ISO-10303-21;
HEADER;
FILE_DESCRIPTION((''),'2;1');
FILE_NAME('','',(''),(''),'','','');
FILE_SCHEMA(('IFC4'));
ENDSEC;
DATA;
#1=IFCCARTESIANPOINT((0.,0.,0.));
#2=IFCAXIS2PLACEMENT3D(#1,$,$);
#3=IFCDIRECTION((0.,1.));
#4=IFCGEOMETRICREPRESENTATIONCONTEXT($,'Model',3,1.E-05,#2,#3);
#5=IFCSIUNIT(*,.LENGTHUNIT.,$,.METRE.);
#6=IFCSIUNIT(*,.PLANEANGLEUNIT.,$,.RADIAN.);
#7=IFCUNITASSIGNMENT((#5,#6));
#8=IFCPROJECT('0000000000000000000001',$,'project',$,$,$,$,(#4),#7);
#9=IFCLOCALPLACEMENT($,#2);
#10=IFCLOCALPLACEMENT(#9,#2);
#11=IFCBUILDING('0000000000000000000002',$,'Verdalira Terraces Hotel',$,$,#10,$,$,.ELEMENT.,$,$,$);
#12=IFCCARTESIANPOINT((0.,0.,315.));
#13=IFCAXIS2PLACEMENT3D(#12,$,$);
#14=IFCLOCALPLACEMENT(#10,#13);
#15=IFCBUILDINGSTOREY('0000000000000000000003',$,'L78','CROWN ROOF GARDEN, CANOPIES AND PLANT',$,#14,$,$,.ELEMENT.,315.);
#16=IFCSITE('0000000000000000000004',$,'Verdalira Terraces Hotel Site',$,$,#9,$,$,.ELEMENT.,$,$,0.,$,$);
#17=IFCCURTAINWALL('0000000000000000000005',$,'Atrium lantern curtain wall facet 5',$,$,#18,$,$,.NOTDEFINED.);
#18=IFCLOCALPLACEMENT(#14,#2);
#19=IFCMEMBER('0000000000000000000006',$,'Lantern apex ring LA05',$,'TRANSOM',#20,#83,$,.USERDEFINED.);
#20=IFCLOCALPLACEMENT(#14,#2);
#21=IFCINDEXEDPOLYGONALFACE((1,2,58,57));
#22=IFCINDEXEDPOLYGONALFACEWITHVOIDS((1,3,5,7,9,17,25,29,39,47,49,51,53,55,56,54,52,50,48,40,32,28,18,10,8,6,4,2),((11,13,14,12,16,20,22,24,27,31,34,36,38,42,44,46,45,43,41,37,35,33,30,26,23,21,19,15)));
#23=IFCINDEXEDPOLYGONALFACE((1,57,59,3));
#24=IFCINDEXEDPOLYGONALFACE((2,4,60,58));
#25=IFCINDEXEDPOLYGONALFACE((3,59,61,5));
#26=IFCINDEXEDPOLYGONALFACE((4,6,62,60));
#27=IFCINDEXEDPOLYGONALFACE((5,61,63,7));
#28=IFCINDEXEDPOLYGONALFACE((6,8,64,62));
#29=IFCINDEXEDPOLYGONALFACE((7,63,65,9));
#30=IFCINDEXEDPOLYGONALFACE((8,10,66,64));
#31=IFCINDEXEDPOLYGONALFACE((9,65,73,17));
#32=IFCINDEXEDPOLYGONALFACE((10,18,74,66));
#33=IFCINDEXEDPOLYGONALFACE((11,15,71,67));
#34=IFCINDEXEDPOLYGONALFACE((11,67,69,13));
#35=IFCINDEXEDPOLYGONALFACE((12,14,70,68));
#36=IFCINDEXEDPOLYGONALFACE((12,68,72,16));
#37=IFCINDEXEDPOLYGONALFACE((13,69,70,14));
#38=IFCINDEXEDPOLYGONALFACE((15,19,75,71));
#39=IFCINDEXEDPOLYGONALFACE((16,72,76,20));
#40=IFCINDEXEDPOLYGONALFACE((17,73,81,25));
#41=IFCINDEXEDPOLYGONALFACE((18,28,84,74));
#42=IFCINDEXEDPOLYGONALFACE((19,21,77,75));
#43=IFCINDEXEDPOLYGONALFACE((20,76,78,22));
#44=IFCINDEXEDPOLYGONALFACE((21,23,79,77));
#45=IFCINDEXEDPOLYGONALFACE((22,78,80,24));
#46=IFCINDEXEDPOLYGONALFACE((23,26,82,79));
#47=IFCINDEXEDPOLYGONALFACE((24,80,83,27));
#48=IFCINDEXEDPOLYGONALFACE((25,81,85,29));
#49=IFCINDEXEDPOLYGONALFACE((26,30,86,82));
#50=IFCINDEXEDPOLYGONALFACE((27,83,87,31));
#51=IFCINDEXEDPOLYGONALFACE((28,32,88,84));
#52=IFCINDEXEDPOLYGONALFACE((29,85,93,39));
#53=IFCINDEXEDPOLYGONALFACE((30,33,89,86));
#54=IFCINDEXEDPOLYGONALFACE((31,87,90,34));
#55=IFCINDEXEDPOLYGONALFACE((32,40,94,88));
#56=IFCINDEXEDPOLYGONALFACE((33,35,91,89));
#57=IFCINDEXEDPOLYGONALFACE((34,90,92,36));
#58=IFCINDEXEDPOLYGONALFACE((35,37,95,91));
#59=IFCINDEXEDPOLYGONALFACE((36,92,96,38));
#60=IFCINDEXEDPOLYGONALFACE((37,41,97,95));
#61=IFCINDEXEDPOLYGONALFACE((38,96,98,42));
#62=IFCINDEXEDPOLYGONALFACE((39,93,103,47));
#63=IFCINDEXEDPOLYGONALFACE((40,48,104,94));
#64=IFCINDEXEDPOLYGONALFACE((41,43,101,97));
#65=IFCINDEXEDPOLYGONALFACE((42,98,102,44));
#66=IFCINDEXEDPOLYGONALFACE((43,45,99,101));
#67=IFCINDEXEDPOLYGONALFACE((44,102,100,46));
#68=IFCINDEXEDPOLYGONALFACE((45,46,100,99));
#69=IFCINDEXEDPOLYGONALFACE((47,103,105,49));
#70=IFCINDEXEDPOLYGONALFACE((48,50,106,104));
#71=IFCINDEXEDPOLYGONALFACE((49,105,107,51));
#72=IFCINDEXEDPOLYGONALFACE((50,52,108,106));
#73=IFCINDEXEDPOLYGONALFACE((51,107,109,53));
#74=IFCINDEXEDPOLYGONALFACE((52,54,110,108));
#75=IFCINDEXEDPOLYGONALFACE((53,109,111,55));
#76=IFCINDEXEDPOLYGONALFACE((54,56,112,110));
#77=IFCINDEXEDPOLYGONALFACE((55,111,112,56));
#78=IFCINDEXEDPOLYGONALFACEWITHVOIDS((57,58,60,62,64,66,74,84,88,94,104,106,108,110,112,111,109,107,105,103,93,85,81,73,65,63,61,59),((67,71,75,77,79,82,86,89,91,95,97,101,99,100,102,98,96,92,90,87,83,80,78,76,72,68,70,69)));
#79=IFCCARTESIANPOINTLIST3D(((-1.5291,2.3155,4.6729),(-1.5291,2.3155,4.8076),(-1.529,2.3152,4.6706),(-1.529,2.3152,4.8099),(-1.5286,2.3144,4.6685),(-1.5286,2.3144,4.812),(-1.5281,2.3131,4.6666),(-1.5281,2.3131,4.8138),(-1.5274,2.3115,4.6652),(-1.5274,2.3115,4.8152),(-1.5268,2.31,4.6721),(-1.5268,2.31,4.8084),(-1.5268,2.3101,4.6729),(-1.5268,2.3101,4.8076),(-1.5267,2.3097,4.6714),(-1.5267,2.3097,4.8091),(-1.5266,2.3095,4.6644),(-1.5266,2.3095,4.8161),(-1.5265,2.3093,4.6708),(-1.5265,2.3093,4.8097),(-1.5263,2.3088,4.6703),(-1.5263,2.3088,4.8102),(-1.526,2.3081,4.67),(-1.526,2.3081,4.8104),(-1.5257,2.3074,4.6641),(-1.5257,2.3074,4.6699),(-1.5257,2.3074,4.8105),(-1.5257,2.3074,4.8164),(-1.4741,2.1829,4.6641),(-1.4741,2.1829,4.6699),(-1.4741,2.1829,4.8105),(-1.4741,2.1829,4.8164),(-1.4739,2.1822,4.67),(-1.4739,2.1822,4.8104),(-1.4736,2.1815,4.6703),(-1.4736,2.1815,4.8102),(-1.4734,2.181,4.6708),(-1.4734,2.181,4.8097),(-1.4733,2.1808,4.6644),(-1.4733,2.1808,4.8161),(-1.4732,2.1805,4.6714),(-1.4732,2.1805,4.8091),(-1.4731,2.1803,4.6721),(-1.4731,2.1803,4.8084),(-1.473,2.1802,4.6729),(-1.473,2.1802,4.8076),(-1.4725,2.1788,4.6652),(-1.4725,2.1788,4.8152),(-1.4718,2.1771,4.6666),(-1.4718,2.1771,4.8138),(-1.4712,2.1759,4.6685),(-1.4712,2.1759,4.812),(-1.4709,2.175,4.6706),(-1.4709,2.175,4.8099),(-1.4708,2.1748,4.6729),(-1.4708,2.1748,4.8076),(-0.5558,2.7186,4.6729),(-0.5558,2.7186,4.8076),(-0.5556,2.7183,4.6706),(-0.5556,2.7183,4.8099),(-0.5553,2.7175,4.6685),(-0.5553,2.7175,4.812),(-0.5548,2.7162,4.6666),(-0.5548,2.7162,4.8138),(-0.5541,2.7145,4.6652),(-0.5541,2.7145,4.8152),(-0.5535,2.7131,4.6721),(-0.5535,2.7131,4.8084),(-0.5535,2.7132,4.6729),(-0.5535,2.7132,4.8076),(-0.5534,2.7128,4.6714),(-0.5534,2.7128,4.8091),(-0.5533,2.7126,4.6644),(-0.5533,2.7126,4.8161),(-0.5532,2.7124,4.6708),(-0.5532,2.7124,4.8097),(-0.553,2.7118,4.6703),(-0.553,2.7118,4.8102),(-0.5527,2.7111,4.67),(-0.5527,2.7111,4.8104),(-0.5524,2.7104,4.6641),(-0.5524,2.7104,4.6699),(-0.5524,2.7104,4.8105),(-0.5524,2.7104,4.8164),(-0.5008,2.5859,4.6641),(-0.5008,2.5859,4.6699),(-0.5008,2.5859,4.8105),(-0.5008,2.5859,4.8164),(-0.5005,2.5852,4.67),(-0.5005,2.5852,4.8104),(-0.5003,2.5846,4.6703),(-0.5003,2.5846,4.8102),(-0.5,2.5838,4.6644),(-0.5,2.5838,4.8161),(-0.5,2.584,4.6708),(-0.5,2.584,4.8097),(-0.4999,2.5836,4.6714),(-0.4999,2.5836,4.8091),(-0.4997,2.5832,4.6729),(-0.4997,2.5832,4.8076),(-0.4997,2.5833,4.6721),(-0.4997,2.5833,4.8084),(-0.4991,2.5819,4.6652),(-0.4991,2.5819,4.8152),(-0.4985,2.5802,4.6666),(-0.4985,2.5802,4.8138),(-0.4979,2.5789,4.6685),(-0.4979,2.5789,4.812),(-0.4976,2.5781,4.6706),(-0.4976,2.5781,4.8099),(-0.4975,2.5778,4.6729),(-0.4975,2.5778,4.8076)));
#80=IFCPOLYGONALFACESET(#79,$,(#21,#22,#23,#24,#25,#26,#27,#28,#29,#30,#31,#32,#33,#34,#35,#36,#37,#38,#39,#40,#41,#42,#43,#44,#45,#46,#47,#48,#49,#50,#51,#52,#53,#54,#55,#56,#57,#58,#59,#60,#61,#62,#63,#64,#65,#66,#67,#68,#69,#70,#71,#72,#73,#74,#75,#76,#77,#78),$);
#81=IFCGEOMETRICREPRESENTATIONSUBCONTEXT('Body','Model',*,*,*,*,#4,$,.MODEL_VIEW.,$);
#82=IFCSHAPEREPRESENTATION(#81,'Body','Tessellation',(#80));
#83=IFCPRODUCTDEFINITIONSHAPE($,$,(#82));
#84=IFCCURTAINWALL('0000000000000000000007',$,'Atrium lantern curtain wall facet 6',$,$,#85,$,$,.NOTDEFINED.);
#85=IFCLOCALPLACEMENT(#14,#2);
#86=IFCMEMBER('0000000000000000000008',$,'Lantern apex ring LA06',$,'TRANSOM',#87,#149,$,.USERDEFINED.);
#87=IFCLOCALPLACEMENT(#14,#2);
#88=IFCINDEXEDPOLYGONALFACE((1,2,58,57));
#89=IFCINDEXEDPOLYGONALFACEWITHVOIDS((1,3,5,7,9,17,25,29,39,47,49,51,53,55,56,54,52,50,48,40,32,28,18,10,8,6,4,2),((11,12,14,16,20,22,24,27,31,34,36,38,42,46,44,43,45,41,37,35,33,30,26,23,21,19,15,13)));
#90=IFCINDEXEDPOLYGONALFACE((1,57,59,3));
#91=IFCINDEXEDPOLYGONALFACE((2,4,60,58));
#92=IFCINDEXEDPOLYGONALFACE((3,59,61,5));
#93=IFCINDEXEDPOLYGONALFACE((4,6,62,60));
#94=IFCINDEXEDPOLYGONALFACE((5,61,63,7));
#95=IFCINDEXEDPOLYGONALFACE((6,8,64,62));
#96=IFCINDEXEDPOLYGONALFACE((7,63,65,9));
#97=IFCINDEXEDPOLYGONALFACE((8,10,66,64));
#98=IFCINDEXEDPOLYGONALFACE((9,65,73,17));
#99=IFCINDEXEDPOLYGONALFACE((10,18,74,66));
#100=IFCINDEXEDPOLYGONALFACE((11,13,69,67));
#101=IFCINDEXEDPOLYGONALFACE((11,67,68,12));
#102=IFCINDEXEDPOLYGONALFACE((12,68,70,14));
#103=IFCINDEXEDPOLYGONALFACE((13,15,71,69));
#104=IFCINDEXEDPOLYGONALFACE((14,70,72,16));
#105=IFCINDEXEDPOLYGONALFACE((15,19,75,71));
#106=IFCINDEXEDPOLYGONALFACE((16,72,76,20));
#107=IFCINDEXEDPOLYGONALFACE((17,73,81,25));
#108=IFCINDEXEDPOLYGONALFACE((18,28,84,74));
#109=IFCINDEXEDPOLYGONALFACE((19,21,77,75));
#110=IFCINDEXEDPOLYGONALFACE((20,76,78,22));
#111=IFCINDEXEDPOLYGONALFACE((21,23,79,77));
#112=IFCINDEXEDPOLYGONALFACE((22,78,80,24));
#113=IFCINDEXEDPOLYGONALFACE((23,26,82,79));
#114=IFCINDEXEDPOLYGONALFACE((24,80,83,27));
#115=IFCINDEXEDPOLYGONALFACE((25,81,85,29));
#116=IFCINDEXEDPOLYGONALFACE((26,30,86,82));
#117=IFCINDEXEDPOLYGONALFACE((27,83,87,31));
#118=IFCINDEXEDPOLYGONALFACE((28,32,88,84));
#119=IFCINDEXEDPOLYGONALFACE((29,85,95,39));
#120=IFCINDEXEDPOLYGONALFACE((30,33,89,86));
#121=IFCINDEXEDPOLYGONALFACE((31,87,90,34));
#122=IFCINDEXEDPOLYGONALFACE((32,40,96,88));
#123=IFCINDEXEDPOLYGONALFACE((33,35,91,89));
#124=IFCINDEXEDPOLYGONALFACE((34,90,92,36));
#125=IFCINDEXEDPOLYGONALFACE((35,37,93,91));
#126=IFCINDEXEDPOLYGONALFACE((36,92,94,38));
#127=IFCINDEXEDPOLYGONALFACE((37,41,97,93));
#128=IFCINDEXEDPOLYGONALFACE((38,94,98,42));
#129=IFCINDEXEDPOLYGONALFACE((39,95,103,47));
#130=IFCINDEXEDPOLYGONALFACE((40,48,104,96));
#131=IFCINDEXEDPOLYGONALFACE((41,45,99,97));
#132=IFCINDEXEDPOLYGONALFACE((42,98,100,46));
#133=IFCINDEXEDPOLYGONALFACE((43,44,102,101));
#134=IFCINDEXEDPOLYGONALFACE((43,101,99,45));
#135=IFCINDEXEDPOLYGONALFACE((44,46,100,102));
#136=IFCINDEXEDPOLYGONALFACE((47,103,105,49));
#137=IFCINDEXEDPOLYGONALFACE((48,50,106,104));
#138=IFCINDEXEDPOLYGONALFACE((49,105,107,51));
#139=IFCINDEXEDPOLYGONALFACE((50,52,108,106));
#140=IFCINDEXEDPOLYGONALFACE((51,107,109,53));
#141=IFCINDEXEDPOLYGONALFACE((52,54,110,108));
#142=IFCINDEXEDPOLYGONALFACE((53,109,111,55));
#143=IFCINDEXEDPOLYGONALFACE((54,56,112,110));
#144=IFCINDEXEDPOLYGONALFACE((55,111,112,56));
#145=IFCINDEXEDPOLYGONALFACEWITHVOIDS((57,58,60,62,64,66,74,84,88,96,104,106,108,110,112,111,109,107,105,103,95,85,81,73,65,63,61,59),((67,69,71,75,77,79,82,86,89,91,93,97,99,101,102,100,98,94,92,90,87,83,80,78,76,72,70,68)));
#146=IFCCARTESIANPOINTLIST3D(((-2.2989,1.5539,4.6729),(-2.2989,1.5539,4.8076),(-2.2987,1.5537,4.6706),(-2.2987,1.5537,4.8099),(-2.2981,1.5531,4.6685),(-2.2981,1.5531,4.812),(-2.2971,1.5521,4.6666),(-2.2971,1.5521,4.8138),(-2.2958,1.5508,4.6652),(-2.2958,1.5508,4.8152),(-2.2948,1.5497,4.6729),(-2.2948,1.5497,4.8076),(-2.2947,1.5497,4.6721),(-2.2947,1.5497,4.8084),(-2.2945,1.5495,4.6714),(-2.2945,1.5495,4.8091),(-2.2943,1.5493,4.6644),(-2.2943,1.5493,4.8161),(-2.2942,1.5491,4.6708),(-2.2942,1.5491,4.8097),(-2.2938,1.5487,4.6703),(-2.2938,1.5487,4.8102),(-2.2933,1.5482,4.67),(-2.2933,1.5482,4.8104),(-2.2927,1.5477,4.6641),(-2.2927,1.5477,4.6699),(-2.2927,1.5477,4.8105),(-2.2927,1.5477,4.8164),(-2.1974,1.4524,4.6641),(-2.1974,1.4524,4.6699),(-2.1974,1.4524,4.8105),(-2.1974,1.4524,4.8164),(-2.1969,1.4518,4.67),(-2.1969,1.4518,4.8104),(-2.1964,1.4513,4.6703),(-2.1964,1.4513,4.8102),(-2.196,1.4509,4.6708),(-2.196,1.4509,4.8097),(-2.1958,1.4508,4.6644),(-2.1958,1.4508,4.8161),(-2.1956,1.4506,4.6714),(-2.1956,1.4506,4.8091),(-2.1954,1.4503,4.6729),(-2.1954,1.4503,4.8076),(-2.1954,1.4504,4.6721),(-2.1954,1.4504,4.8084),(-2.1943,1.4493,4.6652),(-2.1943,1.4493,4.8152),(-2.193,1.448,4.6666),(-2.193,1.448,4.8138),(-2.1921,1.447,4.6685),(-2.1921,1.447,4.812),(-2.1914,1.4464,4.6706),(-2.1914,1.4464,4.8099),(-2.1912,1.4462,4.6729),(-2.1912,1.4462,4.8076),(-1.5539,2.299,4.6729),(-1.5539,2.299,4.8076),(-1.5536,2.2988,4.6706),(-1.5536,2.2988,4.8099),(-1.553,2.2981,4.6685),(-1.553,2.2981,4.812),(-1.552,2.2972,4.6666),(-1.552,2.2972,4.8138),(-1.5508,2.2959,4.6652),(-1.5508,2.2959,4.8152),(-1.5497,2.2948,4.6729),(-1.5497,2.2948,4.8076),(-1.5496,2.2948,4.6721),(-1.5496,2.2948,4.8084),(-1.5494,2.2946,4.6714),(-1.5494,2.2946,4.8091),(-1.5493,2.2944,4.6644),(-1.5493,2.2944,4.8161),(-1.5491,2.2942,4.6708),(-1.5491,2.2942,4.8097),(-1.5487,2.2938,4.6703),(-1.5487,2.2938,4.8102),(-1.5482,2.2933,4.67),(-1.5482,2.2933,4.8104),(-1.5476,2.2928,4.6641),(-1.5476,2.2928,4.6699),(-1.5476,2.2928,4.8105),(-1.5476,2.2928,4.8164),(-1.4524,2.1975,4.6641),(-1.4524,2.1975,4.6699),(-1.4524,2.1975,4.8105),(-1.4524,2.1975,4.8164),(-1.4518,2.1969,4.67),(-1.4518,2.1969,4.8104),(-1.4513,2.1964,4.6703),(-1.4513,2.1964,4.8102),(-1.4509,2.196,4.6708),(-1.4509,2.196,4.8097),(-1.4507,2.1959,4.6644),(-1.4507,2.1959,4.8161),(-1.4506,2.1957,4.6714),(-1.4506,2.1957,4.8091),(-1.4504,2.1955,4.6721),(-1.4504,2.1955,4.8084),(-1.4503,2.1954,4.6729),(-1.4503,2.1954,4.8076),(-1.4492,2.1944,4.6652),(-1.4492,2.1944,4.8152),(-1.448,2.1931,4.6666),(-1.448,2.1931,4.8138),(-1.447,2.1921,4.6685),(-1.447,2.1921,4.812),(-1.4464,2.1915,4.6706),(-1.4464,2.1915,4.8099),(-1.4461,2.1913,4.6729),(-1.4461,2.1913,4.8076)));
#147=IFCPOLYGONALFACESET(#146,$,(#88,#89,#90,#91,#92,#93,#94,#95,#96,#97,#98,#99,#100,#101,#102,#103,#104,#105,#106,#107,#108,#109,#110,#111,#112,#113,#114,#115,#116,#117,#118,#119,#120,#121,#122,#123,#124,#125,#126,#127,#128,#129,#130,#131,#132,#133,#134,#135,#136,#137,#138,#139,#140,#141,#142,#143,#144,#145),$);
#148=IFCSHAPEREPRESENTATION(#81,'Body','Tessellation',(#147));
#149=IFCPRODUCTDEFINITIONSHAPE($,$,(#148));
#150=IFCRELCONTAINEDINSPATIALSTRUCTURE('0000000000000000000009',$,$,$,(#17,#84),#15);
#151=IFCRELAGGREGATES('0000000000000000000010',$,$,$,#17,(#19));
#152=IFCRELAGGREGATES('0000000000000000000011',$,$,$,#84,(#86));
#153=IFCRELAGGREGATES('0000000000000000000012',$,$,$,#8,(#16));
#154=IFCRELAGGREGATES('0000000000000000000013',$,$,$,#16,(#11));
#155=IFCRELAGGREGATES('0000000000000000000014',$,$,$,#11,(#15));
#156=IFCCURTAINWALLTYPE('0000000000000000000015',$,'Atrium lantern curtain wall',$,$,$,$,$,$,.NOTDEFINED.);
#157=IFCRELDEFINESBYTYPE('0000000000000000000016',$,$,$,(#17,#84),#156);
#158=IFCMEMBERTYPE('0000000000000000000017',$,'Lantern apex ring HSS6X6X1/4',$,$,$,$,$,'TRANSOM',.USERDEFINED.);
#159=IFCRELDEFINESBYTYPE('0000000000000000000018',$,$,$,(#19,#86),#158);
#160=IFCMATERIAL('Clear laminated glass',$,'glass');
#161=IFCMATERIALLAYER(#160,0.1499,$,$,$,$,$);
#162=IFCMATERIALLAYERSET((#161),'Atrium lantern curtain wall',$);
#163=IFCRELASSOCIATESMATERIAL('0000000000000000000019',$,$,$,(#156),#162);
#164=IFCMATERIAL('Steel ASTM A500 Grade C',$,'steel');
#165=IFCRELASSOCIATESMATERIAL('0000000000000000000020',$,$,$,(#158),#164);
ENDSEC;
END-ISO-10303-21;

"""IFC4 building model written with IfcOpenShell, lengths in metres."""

from ifc_helpers import new_model, si_unit, direction, frame, origin, origin_2d, place, context, subcontext, project, spatial, hollow_rectangle, extrude, material, layer, layer_set, material_profile, profile_set, type_object, element, aggregate, save


model = new_model("IFC4")

# Units and contexts
model_context = context("Model", 3, precision=1e-05, world=origin(), true_north=direction((0.0, 1.0)))
body_context = subcontext(model_context, "Body", "Model", "MODEL_VIEW")
ifc_project = project(units=[si_unit("LENGTHUNIT", "METRE"), si_unit("PLANEANGLEUNIT", "RADIAN")], contexts=[model_context])

# Site, building, storey
site_placement = place(None, origin())
site = spatial("IfcSite", under=ifc_project, at=site_placement, Name="Verdalira Terraces Hotel Site", CompositionType="ELEMENT", RefElevation=0.0)
building_placement = place(site_placement, origin())
building = spatial("IfcBuilding", under=site, at=building_placement, Name="Verdalira Terraces Hotel", CompositionType="ELEMENT")
storey_placement = place(building_placement, frame((0.0, 0.0, 315.0)))
storey = spatial("IfcBuildingStorey", under=building, at=storey_placement, Name="L78", Description="CROWN ROOF GARDEN, CANOPIES AND PLANT", CompositionType="ELEMENT", Elevation=315.0)

# Curtain walls, members
ifc_material_1 = material(Name="Clear laminated glass", Category="glass")
ifc_layer_1 = layer(ifc_material_1, 0.1499)
ifc_layer_set_1 = layer_set([ifc_layer_1], Name="Atrium lantern curtain wall")
curtain_wall_type = type_object("IfcCurtainWallType", Name="Atrium lantern curtain wall", PredefinedType="NOTDEFINED", material=ifc_layer_set_1)
curtain_wall_1_placement = place(storey_placement, origin())
curtain_wall_1 = element("IfcCurtainWall", 1, at=curtain_wall_1_placement, inside=storey, type_object=curtain_wall_type, Name="Atrium lantern curtain wall facet 5", PredefinedType="NOTDEFINED")
ifc_material_2 = material(Name="Steel ASTM A500 Grade C", Category="steel")
ifc_material_profile_1 = material_profile(ifc_material_2, hollow_rectangle(XDim=0.1523, YDim=0.1523, WallThickness=0.0059, InnerFilletRadius=0.0029, OuterFilletRadius=0.0088, at=origin_2d()), Name="HSS6X6X1/4")
ifc_profile_set_1 = profile_set([ifc_material_profile_1], Name="Steel ASTM A500 Grade C")
member_type_1 = type_object("IfcMemberType", Name="Lantern apex ring HSS6X6X1/4", ElementType="TRANSOM", PredefinedType="USERDEFINED", material=ifc_profile_set_1)
member_1_placement = place(storey_placement, frame((-0.5266, 2.6482, 4.7402), z_axis=(-0.923918, -0.382591, 0.0), x_axis=(0.382591, -0.923918, 0.0)))
member_1 = element("IfcMember", 2, at=member_1_placement, type_object=member_type_1, Name="Lantern apex ring LA05", ObjectType="TRANSOM", PredefinedType="USERDEFINED", context=body_context, shape_type="SweptSolid", body=[
    extrude(hollow_rectangle(XDim=0.1523, YDim=0.1523, WallThickness=0.0059, InnerFilletRadius=0.0029, OuterFilletRadius=0.0088, at=origin_2d()), origin(), (0.0, 0.0, 1.0), 1.0535),
])
curtain_wall_2_placement = place(storey_placement, origin())
curtain_wall_2 = element("IfcCurtainWall", 3, at=curtain_wall_2_placement, inside=storey, type_object=curtain_wall_type, Name="Atrium lantern curtain wall facet 6", PredefinedType="NOTDEFINED")
member_2_placement = place(storey_placement, frame((-1.5, 2.2451, 4.7402), z_axis=(-0.707107, -0.707107, 0.0), x_axis=(0.707107, -0.707107, 0.0)))
member_2 = element("IfcMember", 4, at=member_2_placement, type_object=member_type_1, Name="Lantern apex ring LA06", ObjectType="TRANSOM", PredefinedType="USERDEFINED", context=body_context, shape_type="SweptSolid", body=[
    extrude(hollow_rectangle(XDim=0.1523, YDim=0.1523, WallThickness=0.0059, InnerFilletRadius=0.0029, OuterFilletRadius=0.0088, at=origin_2d()), origin(), (0.0, 0.0, 1.0), 1.0537),
])

aggregate(curtain_wall_1, [member_1])
aggregate(curtain_wall_2, [member_2])

save(model, "model.ifc")
